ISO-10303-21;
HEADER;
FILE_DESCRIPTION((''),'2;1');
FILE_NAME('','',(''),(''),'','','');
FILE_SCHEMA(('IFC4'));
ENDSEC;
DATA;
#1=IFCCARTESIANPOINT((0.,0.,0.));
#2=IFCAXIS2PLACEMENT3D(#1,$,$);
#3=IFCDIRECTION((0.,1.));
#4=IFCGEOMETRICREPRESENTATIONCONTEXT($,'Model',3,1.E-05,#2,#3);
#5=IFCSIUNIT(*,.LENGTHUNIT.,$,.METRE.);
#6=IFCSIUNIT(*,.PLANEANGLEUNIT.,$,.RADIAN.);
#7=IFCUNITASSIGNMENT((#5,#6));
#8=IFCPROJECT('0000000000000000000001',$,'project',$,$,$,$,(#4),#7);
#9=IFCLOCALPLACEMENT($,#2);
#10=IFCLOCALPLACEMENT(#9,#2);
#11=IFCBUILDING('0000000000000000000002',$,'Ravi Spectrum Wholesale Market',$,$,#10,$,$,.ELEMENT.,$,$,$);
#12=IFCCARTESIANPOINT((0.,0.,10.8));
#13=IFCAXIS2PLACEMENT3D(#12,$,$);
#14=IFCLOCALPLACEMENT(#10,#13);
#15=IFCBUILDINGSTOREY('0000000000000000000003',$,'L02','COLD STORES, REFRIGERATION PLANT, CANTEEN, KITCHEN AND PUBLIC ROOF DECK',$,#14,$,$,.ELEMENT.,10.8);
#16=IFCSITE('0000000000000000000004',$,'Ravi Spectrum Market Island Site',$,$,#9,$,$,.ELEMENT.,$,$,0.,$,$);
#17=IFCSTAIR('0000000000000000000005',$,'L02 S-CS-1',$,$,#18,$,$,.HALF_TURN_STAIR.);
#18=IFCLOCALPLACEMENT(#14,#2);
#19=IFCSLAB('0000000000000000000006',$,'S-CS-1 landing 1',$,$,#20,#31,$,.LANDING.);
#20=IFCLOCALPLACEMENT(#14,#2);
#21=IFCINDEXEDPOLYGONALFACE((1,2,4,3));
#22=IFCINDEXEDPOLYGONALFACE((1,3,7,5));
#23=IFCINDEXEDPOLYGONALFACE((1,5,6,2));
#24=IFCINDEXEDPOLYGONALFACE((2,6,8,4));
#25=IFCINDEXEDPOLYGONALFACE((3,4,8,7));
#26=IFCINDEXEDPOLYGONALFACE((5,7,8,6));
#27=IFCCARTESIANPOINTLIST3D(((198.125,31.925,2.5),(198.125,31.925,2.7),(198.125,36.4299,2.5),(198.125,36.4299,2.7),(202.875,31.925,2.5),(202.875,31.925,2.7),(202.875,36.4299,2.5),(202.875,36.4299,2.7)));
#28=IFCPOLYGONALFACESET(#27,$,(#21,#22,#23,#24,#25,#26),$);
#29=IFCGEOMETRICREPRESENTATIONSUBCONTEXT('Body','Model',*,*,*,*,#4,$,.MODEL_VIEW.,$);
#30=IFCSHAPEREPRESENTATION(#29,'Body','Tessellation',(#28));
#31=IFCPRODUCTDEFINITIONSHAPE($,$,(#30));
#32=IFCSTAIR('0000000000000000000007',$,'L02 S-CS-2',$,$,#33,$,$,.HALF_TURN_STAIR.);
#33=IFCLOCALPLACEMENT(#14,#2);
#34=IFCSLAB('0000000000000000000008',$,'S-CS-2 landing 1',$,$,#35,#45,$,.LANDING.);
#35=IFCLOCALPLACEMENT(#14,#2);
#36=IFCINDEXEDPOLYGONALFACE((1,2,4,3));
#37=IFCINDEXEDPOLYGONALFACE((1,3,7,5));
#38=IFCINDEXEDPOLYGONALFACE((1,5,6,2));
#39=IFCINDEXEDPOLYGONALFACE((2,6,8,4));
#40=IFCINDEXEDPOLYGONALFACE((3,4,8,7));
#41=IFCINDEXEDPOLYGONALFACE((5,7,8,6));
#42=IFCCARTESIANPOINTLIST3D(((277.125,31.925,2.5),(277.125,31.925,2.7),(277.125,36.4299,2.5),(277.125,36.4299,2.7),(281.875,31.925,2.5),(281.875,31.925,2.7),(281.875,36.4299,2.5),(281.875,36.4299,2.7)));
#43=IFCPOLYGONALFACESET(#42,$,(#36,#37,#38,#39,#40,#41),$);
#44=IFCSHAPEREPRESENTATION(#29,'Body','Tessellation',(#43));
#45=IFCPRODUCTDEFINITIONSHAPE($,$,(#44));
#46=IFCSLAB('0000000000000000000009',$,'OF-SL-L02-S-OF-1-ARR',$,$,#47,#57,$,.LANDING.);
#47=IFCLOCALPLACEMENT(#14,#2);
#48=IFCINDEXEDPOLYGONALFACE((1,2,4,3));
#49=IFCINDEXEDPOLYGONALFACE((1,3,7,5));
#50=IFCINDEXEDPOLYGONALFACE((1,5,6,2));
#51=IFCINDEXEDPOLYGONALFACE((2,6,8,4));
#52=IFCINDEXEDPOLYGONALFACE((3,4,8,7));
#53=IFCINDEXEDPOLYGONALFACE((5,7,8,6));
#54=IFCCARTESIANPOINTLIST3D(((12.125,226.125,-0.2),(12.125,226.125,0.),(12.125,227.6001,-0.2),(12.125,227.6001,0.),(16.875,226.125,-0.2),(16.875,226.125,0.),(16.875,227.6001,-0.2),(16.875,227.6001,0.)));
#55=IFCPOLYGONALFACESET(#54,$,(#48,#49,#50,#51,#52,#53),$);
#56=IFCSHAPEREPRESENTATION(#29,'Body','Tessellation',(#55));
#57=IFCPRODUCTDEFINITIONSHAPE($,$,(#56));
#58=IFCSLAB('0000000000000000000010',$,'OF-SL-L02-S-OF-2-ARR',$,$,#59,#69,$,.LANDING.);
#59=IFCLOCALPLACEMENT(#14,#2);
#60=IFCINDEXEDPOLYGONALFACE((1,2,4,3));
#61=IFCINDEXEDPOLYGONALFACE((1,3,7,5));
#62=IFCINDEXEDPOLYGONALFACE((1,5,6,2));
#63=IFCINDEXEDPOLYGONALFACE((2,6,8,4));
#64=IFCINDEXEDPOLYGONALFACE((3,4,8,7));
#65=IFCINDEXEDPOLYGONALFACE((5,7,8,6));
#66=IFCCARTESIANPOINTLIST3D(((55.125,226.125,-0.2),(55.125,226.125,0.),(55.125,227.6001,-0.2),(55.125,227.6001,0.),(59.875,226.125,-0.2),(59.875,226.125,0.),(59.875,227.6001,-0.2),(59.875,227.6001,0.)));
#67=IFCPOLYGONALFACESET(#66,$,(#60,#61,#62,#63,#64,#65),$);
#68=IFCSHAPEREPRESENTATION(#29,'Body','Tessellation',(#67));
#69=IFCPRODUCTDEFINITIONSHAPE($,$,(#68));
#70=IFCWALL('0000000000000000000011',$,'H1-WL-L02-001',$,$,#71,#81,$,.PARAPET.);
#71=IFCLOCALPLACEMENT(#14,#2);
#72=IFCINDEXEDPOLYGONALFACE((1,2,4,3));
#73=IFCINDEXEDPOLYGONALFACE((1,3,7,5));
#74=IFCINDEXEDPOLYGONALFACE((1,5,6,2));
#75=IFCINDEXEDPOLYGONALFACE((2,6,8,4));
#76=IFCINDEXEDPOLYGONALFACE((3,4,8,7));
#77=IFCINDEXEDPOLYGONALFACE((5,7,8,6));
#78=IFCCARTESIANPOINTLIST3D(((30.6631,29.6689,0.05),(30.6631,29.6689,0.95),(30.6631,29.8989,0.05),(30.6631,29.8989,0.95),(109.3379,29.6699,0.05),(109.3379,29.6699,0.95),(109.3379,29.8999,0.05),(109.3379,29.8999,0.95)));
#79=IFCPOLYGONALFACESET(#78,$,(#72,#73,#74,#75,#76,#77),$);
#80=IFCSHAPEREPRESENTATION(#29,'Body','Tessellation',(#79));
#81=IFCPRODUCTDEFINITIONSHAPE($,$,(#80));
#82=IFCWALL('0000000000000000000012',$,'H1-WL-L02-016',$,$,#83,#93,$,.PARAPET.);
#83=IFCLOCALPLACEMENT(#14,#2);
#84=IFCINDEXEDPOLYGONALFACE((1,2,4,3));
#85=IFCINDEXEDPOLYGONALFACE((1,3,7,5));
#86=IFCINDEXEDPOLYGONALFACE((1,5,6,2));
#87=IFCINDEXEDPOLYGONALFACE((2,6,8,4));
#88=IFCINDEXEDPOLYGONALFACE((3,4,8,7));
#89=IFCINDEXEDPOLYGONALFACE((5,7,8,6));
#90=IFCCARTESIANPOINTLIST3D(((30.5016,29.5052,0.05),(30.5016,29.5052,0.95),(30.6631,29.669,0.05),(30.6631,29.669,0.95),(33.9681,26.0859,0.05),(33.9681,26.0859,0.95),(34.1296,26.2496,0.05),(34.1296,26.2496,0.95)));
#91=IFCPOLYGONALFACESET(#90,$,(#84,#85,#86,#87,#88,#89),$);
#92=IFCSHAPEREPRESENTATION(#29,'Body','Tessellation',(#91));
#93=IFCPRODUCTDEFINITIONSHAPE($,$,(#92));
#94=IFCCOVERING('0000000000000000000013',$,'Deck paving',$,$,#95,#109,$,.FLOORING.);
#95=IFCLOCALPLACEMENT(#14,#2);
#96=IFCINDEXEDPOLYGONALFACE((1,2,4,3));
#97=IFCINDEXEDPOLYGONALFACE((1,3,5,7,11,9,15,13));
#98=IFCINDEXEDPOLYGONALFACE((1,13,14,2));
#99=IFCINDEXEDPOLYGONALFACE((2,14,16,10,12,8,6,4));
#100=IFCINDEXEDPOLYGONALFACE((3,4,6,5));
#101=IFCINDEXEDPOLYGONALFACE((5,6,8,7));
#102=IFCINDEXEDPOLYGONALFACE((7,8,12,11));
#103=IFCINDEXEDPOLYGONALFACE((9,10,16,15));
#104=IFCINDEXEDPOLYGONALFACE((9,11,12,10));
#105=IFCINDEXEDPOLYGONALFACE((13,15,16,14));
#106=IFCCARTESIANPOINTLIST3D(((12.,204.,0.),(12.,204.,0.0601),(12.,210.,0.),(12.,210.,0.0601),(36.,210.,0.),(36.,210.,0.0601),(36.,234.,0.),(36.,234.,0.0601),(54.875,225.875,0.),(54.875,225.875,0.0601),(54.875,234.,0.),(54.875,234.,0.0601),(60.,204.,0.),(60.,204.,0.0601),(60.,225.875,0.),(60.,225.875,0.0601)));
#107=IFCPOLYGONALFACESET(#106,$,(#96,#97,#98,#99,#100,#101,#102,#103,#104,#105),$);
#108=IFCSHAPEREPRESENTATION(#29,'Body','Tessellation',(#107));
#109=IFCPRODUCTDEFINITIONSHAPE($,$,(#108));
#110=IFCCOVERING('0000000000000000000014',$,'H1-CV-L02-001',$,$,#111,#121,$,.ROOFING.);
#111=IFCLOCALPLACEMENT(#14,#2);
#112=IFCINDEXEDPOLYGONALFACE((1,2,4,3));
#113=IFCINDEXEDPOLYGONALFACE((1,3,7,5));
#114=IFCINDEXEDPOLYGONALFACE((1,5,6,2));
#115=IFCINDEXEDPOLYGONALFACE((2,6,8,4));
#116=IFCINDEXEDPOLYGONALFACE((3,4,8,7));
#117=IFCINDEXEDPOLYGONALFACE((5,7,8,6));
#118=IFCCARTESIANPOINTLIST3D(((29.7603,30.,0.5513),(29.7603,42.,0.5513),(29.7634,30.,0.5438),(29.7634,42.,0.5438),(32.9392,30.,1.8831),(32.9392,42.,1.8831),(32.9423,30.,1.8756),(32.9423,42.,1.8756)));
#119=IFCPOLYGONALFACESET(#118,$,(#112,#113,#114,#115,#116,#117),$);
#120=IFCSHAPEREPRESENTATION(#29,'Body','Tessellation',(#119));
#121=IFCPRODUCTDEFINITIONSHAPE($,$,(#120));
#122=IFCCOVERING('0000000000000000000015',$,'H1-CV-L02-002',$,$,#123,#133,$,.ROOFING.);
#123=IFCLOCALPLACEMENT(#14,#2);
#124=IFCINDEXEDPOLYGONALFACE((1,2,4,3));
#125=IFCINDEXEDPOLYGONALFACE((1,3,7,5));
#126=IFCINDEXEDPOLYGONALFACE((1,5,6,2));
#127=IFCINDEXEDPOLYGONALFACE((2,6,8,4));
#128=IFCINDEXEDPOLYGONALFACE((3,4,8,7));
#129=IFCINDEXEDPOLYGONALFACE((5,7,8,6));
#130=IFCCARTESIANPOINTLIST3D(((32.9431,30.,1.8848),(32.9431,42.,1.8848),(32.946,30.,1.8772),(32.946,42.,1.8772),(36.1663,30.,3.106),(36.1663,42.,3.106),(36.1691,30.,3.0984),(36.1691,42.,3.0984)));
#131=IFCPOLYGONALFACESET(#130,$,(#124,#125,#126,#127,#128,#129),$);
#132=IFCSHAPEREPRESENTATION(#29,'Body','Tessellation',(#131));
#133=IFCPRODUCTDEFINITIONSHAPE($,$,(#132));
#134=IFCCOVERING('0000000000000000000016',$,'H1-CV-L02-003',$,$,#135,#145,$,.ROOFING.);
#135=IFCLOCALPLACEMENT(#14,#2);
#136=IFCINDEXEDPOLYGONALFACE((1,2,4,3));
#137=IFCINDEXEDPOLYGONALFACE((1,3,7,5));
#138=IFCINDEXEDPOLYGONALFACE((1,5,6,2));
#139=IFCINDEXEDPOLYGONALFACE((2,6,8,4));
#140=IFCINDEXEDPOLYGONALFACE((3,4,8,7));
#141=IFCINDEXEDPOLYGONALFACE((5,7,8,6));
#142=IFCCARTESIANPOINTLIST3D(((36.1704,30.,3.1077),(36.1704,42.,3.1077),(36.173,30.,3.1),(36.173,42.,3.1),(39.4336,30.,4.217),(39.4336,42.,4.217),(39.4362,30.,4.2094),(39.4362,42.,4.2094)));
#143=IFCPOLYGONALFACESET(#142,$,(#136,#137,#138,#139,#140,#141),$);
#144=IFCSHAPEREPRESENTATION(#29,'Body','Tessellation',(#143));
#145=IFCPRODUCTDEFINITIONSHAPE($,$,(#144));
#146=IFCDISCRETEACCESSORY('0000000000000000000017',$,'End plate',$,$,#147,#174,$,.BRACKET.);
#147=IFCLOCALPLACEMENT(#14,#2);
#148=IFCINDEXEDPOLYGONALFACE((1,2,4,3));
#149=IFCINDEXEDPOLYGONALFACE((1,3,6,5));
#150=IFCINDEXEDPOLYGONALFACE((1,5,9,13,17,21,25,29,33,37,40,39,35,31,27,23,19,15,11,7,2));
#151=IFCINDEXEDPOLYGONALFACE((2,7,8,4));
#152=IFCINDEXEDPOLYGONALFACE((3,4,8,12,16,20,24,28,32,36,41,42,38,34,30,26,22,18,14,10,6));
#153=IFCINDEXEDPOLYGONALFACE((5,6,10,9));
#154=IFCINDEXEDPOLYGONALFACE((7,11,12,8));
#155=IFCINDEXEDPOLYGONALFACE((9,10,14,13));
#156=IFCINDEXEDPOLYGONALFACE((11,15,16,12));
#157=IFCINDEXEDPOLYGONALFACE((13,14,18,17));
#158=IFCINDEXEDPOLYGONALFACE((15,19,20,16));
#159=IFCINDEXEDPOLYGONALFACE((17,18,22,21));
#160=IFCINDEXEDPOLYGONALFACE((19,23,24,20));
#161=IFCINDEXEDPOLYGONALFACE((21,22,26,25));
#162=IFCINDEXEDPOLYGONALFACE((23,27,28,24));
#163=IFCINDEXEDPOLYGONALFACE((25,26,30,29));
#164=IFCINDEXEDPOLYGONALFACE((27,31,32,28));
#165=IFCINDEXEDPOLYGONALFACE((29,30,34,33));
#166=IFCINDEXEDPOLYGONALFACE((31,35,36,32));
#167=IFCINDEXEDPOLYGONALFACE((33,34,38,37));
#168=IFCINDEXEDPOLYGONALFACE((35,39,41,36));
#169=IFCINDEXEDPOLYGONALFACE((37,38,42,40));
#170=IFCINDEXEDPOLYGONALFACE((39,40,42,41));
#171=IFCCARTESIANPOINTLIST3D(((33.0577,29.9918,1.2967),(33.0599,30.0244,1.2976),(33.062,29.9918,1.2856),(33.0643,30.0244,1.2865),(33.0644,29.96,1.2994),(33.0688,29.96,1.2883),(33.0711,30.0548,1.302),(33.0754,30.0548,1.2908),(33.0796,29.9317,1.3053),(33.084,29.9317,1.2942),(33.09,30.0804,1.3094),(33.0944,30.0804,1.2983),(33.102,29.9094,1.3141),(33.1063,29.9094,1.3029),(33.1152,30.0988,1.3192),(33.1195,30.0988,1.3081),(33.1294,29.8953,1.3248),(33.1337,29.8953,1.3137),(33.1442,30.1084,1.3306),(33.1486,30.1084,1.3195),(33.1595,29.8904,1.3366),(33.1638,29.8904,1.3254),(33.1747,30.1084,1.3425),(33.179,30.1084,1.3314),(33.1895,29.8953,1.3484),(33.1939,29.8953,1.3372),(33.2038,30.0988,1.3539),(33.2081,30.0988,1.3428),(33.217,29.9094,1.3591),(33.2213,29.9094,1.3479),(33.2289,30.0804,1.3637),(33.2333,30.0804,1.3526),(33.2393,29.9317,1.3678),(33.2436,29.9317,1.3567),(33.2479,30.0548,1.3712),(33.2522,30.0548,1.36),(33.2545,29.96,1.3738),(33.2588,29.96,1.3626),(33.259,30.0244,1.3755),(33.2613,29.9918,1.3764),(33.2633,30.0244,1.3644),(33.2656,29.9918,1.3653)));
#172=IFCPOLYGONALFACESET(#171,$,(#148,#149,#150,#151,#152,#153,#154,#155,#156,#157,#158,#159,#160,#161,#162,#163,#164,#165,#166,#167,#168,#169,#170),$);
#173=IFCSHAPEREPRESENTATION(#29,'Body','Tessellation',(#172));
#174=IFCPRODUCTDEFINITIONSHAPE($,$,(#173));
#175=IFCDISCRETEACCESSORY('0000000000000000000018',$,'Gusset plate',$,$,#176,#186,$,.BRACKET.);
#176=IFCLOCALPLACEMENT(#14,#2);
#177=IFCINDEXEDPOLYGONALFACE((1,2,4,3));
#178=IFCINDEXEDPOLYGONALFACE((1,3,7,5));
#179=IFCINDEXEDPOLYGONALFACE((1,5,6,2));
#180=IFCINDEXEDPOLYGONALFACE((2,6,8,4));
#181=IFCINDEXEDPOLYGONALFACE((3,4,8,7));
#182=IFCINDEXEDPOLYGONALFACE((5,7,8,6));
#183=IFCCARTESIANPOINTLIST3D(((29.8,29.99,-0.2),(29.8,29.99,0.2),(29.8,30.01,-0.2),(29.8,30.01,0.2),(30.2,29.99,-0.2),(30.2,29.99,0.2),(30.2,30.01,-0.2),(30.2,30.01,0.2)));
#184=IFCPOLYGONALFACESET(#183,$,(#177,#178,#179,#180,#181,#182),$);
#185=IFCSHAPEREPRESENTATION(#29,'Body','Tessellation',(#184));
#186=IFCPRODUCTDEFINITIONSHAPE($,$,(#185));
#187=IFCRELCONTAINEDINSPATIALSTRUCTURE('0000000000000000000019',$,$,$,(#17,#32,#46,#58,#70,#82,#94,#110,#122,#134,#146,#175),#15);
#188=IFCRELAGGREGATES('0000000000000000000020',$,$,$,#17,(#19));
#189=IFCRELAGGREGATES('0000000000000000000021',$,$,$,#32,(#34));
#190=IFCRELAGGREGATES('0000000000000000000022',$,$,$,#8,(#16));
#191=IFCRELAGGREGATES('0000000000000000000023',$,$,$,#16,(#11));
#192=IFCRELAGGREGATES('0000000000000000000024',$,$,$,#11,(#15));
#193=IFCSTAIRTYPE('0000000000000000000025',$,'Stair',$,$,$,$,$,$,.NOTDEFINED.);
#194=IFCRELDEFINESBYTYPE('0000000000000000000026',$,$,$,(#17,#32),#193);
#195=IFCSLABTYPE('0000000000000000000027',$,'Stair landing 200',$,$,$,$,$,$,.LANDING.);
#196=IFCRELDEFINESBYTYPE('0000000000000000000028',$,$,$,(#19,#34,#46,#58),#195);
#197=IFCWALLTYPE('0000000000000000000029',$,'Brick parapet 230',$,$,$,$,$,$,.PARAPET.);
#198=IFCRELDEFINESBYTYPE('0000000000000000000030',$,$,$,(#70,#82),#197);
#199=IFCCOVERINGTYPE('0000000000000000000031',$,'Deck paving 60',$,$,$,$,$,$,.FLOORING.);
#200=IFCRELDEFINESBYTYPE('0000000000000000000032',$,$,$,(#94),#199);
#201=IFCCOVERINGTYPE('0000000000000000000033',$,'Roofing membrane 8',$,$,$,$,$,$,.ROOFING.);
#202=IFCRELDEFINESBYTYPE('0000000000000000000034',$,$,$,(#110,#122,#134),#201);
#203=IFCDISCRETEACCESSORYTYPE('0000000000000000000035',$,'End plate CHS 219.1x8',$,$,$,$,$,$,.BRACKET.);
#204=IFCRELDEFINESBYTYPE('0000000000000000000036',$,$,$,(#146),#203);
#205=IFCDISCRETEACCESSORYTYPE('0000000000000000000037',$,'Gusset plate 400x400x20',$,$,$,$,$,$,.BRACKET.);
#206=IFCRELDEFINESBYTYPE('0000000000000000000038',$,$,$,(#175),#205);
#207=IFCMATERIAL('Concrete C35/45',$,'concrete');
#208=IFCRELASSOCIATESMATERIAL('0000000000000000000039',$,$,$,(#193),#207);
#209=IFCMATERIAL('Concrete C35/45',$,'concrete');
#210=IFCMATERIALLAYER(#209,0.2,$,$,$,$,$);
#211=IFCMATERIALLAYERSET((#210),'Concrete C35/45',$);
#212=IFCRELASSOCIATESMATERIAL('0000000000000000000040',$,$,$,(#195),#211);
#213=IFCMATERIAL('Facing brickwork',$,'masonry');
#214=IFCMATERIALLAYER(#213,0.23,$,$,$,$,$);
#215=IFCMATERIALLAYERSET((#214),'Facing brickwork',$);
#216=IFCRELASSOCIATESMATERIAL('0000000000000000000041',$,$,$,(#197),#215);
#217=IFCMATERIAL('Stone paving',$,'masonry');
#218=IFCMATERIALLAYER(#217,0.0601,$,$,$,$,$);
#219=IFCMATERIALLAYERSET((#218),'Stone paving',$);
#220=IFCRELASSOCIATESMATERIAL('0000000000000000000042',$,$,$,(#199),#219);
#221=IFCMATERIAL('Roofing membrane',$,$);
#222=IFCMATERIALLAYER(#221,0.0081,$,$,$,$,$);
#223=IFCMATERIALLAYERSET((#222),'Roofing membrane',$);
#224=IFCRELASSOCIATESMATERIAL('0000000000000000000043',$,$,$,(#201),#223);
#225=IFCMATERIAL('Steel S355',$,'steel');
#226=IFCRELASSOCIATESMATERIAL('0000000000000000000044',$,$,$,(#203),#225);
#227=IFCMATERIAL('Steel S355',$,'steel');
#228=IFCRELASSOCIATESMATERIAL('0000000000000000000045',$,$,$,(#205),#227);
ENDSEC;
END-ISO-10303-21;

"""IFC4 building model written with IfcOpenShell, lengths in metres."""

from ifc_helpers import new_model, si_unit, direction, frame, frame_2d, origin, origin_2d, place, context, subcontext, project, spatial, polyline, rectangle, circle, outline, extrude, material, layer, layer_set, material_profile, profile_set, type_object, element, aggregate, save


model = new_model("IFC4")

# Units and contexts
model_context = context("Model", 3, precision=1e-05, world=origin(), true_north=direction((0.0, 1.0)))
body_context = subcontext(model_context, "Body", "Model", "MODEL_VIEW")
ifc_project = project(units=[si_unit("LENGTHUNIT", "METRE"), si_unit("PLANEANGLEUNIT", "RADIAN")], contexts=[model_context])

# Site, building, storey
site_placement = place(None, origin())
site = spatial("IfcSite", under=ifc_project, at=site_placement, Name="Ravi Spectrum Market Island Site", CompositionType="ELEMENT", RefElevation=0.0)
building_placement = place(site_placement, origin())
building = spatial("IfcBuilding", under=site, at=building_placement, Name="Ravi Spectrum Wholesale Market", CompositionType="ELEMENT")
storey_placement = place(building_placement, frame((0.0, 0.0, 10.8)))
storey = spatial("IfcBuildingStorey", under=building, at=storey_placement, Name="L02", Description="COLD STORES, REFRIGERATION PLANT, CANTEEN, KITCHEN AND PUBLIC ROOF DECK", CompositionType="ELEMENT", Elevation=10.8)

# Stairs, slabs
ifc_material_1 = material(Name="Concrete C35/45", Category="concrete")
stair_type = type_object("IfcStairType", Name="Stair", PredefinedType="NOTDEFINED", material=ifc_material_1)
stair_1_placement = place(storey_placement, origin())
stair_1 = element("IfcStair", 1, at=stair_1_placement, inside=storey, type_object=stair_type, Name="L02 S-CS-1", PredefinedType="HALF_TURN_STAIR")
ifc_material_2 = material(Name="Concrete C35/45", Category="concrete")
ifc_layer_1 = layer(ifc_material_2, 0.2)
ifc_layer_set_1 = layer_set([ifc_layer_1], Name="Concrete C35/45")
slab_type_1 = type_object("IfcSlabType", Name="Stair landing 200", PredefinedType="LANDING", material=ifc_layer_set_1)
slab_1_placement = place(storey_placement, frame((0.0, 0.0, 2.5)))
slab_1 = element("IfcSlab", 2, at=slab_1_placement, type_object=slab_type_1, Name="S-CS-1 landing 1", PredefinedType="LANDING", context=body_context, shape_type="SweptSolid", body=[
    extrude(outline(polyline([(198.125, 36.4299), (198.125, 31.925), (202.875, 31.925), (202.875, 36.4299), (198.125, 36.4299)])), origin(), (0.0, 0.0, 1.0), 0.2),
])
aggregate(stair_1, [slab_1])
stair_2_placement = place(storey_placement, origin())
stair_2 = element("IfcStair", 3, at=stair_2_placement, inside=storey, type_object=stair_type, Name="L02 S-CS-2", PredefinedType="HALF_TURN_STAIR")
slab_2_placement = place(storey_placement, frame((0.0, 0.0, 2.5)))
slab_2 = element("IfcSlab", 4, at=slab_2_placement, type_object=slab_type_1, Name="S-CS-2 landing 1", PredefinedType="LANDING", context=body_context, shape_type="SweptSolid", body=[
    extrude(outline(polyline([(277.125, 36.4299), (277.125, 31.925), (281.875, 31.925), (281.875, 36.4299), (277.125, 36.4299)])), origin(), (0.0, 0.0, 1.0), 0.2),
])
aggregate(stair_2, [slab_2])

# Slabs
slab_3_placement = place(storey_placement, frame((0.0, 0.0, -0.2)))
element("IfcSlab", 5, at=slab_3_placement, inside=storey, type_object=slab_type_1, Name="OF-SL-L02-S-OF-1-ARR", PredefinedType="LANDING", context=body_context, shape_type="SweptSolid", body=[
    extrude(outline(polyline([(16.875, 226.125), (16.875, 227.6001), (12.125, 227.6001), (12.125, 226.125), (16.875, 226.125)])), origin(), (0.0, 0.0, 1.0), 0.2),
])
slab_4_placement = place(storey_placement, frame((0.0, 0.0, -0.2)))
element("IfcSlab", 6, at=slab_4_placement, inside=storey, type_object=slab_type_1, Name="OF-SL-L02-S-OF-2-ARR", PredefinedType="LANDING", context=body_context, shape_type="SweptSolid", body=[
    extrude(outline(polyline([(59.875, 226.125), (59.875, 227.6001), (55.125, 227.6001), (55.125, 226.125), (59.875, 226.125)])), origin(), (0.0, 0.0, 1.0), 0.2),
])

# Walls
ifc_material_3 = material(Name="Facing brickwork", Category="masonry")
ifc_layer_2 = layer(ifc_material_3, 0.23)
ifc_layer_set_2 = layer_set([ifc_layer_2], Name="Facing brickwork")
wall_type = type_object("IfcWallType", Name="Brick parapet 230", PredefinedType="PARAPET", material=ifc_layer_set_2)
wall_1_placement = place(storey_placement, frame((30.6631, 29.7839, 0.05), z_axis=(0.0, 0.0, 1.0), x_axis=(1.0, 0.000012, 0.0)))
element("IfcWall", 7, at=wall_1_placement, inside=storey, type_object=wall_type, Name="H1-WL-L02-001", PredefinedType="PARAPET", context=body_context, shape_type="SweptSolid", body=[
    extrude(rectangle(XDim=78.6748, YDim=0.23, at=frame_2d((39.3374, 0.0))), origin(), (0.0, 0.0, 1.0), 0.8999),
])
wall_2_placement = place(storey_placement, frame((34.0488, 26.1677, 0.05), z_axis=(0.0, 0.0, 1.0), x_axis=(-0.711929, 0.702252, 0.0)))
element("IfcWall", 8, at=wall_2_placement, inside=storey, type_object=wall_type, Name="H1-WL-L02-016", PredefinedType="PARAPET", context=body_context, shape_type="SweptSolid", body=[
    extrude(rectangle(XDim=4.8691, YDim=0.23, at=frame_2d((2.4346, 0.0))), origin(), (0.0, 0.0, 1.0), 0.8999),
])

# Coverings
ifc_material_4 = material(Name="Stone paving", Category="masonry")
ifc_layer_3 = layer(ifc_material_4, 0.0601)
ifc_layer_set_3 = layer_set([ifc_layer_3], Name="Stone paving")
covering_type_1 = type_object("IfcCoveringType", Name="Deck paving 60", PredefinedType="FLOORING", material=ifc_layer_set_3)
covering_1_placement = place(storey_placement, origin())
element("IfcCovering", 9, at=covering_1_placement, inside=storey, type_object=covering_type_1, Name="Deck paving", PredefinedType="FLOORING", context=body_context, shape_type="SweptSolid", body=[
    extrude(outline(polyline([(12.0, 204.0), (60.0, 204.0), (60.0, 225.875), (54.875, 225.875), (54.875, 234.0), (36.0, 234.0), (36.0, 210.0), (12.0, 210.0), (12.0, 204.0)])), origin(), (0.0, 0.0, 1.0), 0.0601),
])
ifc_material_5 = material(Name="Roofing membrane")
ifc_layer_4 = layer(ifc_material_5, 0.0081)
ifc_layer_set_4 = layer_set([ifc_layer_4], Name="Roofing membrane")
covering_type_2 = type_object("IfcCoveringType", Name="Roofing membrane 8", PredefinedType="ROOFING", material=ifc_layer_set_4)
covering_2_placement = place(storey_placement, frame((29.7603, 30.0, 0.5513), z_axis=(-0.3864, 0.0, 0.922331), x_axis=(0.922331, 0.0, 0.3864)))
element("IfcCovering", 10, at=covering_2_placement, inside=storey, type_object=covering_type_2, Name="H1-CV-L02-001", PredefinedType="ROOFING", context=body_context, shape_type="SweptSolid", body=[
    extrude(outline(polyline([(0.0, 0.0), (3.4467, 0.0), (3.4467, 12.0), (0.0, 12.0), (0.0, 0.0)])), origin(), (0.0, 0.0, -1.0), 0.0081),
])
covering_3_placement = place(storey_placement, frame((32.9431, 30.0, 1.8848), z_axis=(-0.354304, 0.0, 0.93513), x_axis=(0.93513, 0.0, 0.354304)))
element("IfcCovering", 11, at=covering_3_placement, inside=storey, type_object=covering_type_2, Name="H1-CV-L02-002", PredefinedType="ROOFING", context=body_context, shape_type="SweptSolid", body=[
    extrude(outline(polyline([(0.0, 0.0), (3.4467, 0.0), (3.4467, 12.0), (0.0, 12.0), (0.0, 0.0)])), origin(), (0.0, 0.0, -1.0), 0.0081),
])
covering_4_placement = place(storey_placement, frame((36.1704, 30.0, 3.1077), z_axis=(-0.321875, 0.0, 0.946782), x_axis=(0.946782, 0.0, 0.321875)))
element("IfcCovering", 12, at=covering_4_placement, inside=storey, type_object=covering_type_2, Name="H1-CV-L02-003", PredefinedType="ROOFING", context=body_context, shape_type="SweptSolid", body=[
    extrude(outline(polyline([(0.0, 0.0), (3.4466, 0.0), (3.4466, 12.0), (0.0, 12.0), (0.0, 0.0)])), origin(), (0.0, 0.0, -1.0), 0.0081),
])

# Discrete accessories
ifc_material_6 = material(Name="Steel S355", Category="steel")
ifc_material_profile_1 = material_profile(ifc_material_6, circle(Radius=0.1096, at=origin_2d()))
ifc_profile_set_1 = profile_set([ifc_material_profile_1], Name="Steel S355")
discrete_accessory_type_1 = type_object("IfcDiscreteAccessoryType", Name="End plate CHS 219.1x8", PredefinedType="BRACKET", material=ifc_profile_set_1)
discrete_accessory_1_placement = place(storey_placement, frame((33.1638, 30.0, 1.3254), z_axis=(-0.364399, 0.0, 0.931243), x_axis=(0.0, -1.0, 0.0)))
element("IfcDiscreteAccessory", 13, at=discrete_accessory_1_placement, inside=storey, type_object=discrete_accessory_type_1, Name="End plate", PredefinedType="BRACKET", context=body_context, shape_type="SweptSolid", body=[
    extrude(circle(Radius=0.1096, at=origin_2d()), origin(), (0.0, 0.0, 1.0), 0.012),
])
ifc_material_7 = material(Name="Steel S355", Category="steel")
ifc_material_profile_2 = material_profile(ifc_material_7, rectangle(XDim=0.3999, YDim=0.02, at=origin_2d()))
ifc_profile_set_2 = profile_set([ifc_material_profile_2], Name="Steel S355")
discrete_accessory_type_2 = type_object("IfcDiscreteAccessoryType", Name="Gusset plate 400x400x20", PredefinedType="BRACKET", material=ifc_profile_set_2)
discrete_accessory_2_placement = place(storey_placement, frame((30.0, 30.0, -0.2), z_axis=(0.0, 0.0, 1.0), x_axis=(1.0, 0.0, 0.0)))
element("IfcDiscreteAccessory", 14, at=discrete_accessory_2_placement, inside=storey, type_object=discrete_accessory_type_2, Name="Gusset plate", PredefinedType="BRACKET", context=body_context, shape_type="SweptSolid", body=[
    extrude(rectangle(XDim=0.3999, YDim=0.02, at=origin_2d()), origin(), (0.0, 0.0, 1.0), 0.3999),
])

save(model, "model.ifc")
